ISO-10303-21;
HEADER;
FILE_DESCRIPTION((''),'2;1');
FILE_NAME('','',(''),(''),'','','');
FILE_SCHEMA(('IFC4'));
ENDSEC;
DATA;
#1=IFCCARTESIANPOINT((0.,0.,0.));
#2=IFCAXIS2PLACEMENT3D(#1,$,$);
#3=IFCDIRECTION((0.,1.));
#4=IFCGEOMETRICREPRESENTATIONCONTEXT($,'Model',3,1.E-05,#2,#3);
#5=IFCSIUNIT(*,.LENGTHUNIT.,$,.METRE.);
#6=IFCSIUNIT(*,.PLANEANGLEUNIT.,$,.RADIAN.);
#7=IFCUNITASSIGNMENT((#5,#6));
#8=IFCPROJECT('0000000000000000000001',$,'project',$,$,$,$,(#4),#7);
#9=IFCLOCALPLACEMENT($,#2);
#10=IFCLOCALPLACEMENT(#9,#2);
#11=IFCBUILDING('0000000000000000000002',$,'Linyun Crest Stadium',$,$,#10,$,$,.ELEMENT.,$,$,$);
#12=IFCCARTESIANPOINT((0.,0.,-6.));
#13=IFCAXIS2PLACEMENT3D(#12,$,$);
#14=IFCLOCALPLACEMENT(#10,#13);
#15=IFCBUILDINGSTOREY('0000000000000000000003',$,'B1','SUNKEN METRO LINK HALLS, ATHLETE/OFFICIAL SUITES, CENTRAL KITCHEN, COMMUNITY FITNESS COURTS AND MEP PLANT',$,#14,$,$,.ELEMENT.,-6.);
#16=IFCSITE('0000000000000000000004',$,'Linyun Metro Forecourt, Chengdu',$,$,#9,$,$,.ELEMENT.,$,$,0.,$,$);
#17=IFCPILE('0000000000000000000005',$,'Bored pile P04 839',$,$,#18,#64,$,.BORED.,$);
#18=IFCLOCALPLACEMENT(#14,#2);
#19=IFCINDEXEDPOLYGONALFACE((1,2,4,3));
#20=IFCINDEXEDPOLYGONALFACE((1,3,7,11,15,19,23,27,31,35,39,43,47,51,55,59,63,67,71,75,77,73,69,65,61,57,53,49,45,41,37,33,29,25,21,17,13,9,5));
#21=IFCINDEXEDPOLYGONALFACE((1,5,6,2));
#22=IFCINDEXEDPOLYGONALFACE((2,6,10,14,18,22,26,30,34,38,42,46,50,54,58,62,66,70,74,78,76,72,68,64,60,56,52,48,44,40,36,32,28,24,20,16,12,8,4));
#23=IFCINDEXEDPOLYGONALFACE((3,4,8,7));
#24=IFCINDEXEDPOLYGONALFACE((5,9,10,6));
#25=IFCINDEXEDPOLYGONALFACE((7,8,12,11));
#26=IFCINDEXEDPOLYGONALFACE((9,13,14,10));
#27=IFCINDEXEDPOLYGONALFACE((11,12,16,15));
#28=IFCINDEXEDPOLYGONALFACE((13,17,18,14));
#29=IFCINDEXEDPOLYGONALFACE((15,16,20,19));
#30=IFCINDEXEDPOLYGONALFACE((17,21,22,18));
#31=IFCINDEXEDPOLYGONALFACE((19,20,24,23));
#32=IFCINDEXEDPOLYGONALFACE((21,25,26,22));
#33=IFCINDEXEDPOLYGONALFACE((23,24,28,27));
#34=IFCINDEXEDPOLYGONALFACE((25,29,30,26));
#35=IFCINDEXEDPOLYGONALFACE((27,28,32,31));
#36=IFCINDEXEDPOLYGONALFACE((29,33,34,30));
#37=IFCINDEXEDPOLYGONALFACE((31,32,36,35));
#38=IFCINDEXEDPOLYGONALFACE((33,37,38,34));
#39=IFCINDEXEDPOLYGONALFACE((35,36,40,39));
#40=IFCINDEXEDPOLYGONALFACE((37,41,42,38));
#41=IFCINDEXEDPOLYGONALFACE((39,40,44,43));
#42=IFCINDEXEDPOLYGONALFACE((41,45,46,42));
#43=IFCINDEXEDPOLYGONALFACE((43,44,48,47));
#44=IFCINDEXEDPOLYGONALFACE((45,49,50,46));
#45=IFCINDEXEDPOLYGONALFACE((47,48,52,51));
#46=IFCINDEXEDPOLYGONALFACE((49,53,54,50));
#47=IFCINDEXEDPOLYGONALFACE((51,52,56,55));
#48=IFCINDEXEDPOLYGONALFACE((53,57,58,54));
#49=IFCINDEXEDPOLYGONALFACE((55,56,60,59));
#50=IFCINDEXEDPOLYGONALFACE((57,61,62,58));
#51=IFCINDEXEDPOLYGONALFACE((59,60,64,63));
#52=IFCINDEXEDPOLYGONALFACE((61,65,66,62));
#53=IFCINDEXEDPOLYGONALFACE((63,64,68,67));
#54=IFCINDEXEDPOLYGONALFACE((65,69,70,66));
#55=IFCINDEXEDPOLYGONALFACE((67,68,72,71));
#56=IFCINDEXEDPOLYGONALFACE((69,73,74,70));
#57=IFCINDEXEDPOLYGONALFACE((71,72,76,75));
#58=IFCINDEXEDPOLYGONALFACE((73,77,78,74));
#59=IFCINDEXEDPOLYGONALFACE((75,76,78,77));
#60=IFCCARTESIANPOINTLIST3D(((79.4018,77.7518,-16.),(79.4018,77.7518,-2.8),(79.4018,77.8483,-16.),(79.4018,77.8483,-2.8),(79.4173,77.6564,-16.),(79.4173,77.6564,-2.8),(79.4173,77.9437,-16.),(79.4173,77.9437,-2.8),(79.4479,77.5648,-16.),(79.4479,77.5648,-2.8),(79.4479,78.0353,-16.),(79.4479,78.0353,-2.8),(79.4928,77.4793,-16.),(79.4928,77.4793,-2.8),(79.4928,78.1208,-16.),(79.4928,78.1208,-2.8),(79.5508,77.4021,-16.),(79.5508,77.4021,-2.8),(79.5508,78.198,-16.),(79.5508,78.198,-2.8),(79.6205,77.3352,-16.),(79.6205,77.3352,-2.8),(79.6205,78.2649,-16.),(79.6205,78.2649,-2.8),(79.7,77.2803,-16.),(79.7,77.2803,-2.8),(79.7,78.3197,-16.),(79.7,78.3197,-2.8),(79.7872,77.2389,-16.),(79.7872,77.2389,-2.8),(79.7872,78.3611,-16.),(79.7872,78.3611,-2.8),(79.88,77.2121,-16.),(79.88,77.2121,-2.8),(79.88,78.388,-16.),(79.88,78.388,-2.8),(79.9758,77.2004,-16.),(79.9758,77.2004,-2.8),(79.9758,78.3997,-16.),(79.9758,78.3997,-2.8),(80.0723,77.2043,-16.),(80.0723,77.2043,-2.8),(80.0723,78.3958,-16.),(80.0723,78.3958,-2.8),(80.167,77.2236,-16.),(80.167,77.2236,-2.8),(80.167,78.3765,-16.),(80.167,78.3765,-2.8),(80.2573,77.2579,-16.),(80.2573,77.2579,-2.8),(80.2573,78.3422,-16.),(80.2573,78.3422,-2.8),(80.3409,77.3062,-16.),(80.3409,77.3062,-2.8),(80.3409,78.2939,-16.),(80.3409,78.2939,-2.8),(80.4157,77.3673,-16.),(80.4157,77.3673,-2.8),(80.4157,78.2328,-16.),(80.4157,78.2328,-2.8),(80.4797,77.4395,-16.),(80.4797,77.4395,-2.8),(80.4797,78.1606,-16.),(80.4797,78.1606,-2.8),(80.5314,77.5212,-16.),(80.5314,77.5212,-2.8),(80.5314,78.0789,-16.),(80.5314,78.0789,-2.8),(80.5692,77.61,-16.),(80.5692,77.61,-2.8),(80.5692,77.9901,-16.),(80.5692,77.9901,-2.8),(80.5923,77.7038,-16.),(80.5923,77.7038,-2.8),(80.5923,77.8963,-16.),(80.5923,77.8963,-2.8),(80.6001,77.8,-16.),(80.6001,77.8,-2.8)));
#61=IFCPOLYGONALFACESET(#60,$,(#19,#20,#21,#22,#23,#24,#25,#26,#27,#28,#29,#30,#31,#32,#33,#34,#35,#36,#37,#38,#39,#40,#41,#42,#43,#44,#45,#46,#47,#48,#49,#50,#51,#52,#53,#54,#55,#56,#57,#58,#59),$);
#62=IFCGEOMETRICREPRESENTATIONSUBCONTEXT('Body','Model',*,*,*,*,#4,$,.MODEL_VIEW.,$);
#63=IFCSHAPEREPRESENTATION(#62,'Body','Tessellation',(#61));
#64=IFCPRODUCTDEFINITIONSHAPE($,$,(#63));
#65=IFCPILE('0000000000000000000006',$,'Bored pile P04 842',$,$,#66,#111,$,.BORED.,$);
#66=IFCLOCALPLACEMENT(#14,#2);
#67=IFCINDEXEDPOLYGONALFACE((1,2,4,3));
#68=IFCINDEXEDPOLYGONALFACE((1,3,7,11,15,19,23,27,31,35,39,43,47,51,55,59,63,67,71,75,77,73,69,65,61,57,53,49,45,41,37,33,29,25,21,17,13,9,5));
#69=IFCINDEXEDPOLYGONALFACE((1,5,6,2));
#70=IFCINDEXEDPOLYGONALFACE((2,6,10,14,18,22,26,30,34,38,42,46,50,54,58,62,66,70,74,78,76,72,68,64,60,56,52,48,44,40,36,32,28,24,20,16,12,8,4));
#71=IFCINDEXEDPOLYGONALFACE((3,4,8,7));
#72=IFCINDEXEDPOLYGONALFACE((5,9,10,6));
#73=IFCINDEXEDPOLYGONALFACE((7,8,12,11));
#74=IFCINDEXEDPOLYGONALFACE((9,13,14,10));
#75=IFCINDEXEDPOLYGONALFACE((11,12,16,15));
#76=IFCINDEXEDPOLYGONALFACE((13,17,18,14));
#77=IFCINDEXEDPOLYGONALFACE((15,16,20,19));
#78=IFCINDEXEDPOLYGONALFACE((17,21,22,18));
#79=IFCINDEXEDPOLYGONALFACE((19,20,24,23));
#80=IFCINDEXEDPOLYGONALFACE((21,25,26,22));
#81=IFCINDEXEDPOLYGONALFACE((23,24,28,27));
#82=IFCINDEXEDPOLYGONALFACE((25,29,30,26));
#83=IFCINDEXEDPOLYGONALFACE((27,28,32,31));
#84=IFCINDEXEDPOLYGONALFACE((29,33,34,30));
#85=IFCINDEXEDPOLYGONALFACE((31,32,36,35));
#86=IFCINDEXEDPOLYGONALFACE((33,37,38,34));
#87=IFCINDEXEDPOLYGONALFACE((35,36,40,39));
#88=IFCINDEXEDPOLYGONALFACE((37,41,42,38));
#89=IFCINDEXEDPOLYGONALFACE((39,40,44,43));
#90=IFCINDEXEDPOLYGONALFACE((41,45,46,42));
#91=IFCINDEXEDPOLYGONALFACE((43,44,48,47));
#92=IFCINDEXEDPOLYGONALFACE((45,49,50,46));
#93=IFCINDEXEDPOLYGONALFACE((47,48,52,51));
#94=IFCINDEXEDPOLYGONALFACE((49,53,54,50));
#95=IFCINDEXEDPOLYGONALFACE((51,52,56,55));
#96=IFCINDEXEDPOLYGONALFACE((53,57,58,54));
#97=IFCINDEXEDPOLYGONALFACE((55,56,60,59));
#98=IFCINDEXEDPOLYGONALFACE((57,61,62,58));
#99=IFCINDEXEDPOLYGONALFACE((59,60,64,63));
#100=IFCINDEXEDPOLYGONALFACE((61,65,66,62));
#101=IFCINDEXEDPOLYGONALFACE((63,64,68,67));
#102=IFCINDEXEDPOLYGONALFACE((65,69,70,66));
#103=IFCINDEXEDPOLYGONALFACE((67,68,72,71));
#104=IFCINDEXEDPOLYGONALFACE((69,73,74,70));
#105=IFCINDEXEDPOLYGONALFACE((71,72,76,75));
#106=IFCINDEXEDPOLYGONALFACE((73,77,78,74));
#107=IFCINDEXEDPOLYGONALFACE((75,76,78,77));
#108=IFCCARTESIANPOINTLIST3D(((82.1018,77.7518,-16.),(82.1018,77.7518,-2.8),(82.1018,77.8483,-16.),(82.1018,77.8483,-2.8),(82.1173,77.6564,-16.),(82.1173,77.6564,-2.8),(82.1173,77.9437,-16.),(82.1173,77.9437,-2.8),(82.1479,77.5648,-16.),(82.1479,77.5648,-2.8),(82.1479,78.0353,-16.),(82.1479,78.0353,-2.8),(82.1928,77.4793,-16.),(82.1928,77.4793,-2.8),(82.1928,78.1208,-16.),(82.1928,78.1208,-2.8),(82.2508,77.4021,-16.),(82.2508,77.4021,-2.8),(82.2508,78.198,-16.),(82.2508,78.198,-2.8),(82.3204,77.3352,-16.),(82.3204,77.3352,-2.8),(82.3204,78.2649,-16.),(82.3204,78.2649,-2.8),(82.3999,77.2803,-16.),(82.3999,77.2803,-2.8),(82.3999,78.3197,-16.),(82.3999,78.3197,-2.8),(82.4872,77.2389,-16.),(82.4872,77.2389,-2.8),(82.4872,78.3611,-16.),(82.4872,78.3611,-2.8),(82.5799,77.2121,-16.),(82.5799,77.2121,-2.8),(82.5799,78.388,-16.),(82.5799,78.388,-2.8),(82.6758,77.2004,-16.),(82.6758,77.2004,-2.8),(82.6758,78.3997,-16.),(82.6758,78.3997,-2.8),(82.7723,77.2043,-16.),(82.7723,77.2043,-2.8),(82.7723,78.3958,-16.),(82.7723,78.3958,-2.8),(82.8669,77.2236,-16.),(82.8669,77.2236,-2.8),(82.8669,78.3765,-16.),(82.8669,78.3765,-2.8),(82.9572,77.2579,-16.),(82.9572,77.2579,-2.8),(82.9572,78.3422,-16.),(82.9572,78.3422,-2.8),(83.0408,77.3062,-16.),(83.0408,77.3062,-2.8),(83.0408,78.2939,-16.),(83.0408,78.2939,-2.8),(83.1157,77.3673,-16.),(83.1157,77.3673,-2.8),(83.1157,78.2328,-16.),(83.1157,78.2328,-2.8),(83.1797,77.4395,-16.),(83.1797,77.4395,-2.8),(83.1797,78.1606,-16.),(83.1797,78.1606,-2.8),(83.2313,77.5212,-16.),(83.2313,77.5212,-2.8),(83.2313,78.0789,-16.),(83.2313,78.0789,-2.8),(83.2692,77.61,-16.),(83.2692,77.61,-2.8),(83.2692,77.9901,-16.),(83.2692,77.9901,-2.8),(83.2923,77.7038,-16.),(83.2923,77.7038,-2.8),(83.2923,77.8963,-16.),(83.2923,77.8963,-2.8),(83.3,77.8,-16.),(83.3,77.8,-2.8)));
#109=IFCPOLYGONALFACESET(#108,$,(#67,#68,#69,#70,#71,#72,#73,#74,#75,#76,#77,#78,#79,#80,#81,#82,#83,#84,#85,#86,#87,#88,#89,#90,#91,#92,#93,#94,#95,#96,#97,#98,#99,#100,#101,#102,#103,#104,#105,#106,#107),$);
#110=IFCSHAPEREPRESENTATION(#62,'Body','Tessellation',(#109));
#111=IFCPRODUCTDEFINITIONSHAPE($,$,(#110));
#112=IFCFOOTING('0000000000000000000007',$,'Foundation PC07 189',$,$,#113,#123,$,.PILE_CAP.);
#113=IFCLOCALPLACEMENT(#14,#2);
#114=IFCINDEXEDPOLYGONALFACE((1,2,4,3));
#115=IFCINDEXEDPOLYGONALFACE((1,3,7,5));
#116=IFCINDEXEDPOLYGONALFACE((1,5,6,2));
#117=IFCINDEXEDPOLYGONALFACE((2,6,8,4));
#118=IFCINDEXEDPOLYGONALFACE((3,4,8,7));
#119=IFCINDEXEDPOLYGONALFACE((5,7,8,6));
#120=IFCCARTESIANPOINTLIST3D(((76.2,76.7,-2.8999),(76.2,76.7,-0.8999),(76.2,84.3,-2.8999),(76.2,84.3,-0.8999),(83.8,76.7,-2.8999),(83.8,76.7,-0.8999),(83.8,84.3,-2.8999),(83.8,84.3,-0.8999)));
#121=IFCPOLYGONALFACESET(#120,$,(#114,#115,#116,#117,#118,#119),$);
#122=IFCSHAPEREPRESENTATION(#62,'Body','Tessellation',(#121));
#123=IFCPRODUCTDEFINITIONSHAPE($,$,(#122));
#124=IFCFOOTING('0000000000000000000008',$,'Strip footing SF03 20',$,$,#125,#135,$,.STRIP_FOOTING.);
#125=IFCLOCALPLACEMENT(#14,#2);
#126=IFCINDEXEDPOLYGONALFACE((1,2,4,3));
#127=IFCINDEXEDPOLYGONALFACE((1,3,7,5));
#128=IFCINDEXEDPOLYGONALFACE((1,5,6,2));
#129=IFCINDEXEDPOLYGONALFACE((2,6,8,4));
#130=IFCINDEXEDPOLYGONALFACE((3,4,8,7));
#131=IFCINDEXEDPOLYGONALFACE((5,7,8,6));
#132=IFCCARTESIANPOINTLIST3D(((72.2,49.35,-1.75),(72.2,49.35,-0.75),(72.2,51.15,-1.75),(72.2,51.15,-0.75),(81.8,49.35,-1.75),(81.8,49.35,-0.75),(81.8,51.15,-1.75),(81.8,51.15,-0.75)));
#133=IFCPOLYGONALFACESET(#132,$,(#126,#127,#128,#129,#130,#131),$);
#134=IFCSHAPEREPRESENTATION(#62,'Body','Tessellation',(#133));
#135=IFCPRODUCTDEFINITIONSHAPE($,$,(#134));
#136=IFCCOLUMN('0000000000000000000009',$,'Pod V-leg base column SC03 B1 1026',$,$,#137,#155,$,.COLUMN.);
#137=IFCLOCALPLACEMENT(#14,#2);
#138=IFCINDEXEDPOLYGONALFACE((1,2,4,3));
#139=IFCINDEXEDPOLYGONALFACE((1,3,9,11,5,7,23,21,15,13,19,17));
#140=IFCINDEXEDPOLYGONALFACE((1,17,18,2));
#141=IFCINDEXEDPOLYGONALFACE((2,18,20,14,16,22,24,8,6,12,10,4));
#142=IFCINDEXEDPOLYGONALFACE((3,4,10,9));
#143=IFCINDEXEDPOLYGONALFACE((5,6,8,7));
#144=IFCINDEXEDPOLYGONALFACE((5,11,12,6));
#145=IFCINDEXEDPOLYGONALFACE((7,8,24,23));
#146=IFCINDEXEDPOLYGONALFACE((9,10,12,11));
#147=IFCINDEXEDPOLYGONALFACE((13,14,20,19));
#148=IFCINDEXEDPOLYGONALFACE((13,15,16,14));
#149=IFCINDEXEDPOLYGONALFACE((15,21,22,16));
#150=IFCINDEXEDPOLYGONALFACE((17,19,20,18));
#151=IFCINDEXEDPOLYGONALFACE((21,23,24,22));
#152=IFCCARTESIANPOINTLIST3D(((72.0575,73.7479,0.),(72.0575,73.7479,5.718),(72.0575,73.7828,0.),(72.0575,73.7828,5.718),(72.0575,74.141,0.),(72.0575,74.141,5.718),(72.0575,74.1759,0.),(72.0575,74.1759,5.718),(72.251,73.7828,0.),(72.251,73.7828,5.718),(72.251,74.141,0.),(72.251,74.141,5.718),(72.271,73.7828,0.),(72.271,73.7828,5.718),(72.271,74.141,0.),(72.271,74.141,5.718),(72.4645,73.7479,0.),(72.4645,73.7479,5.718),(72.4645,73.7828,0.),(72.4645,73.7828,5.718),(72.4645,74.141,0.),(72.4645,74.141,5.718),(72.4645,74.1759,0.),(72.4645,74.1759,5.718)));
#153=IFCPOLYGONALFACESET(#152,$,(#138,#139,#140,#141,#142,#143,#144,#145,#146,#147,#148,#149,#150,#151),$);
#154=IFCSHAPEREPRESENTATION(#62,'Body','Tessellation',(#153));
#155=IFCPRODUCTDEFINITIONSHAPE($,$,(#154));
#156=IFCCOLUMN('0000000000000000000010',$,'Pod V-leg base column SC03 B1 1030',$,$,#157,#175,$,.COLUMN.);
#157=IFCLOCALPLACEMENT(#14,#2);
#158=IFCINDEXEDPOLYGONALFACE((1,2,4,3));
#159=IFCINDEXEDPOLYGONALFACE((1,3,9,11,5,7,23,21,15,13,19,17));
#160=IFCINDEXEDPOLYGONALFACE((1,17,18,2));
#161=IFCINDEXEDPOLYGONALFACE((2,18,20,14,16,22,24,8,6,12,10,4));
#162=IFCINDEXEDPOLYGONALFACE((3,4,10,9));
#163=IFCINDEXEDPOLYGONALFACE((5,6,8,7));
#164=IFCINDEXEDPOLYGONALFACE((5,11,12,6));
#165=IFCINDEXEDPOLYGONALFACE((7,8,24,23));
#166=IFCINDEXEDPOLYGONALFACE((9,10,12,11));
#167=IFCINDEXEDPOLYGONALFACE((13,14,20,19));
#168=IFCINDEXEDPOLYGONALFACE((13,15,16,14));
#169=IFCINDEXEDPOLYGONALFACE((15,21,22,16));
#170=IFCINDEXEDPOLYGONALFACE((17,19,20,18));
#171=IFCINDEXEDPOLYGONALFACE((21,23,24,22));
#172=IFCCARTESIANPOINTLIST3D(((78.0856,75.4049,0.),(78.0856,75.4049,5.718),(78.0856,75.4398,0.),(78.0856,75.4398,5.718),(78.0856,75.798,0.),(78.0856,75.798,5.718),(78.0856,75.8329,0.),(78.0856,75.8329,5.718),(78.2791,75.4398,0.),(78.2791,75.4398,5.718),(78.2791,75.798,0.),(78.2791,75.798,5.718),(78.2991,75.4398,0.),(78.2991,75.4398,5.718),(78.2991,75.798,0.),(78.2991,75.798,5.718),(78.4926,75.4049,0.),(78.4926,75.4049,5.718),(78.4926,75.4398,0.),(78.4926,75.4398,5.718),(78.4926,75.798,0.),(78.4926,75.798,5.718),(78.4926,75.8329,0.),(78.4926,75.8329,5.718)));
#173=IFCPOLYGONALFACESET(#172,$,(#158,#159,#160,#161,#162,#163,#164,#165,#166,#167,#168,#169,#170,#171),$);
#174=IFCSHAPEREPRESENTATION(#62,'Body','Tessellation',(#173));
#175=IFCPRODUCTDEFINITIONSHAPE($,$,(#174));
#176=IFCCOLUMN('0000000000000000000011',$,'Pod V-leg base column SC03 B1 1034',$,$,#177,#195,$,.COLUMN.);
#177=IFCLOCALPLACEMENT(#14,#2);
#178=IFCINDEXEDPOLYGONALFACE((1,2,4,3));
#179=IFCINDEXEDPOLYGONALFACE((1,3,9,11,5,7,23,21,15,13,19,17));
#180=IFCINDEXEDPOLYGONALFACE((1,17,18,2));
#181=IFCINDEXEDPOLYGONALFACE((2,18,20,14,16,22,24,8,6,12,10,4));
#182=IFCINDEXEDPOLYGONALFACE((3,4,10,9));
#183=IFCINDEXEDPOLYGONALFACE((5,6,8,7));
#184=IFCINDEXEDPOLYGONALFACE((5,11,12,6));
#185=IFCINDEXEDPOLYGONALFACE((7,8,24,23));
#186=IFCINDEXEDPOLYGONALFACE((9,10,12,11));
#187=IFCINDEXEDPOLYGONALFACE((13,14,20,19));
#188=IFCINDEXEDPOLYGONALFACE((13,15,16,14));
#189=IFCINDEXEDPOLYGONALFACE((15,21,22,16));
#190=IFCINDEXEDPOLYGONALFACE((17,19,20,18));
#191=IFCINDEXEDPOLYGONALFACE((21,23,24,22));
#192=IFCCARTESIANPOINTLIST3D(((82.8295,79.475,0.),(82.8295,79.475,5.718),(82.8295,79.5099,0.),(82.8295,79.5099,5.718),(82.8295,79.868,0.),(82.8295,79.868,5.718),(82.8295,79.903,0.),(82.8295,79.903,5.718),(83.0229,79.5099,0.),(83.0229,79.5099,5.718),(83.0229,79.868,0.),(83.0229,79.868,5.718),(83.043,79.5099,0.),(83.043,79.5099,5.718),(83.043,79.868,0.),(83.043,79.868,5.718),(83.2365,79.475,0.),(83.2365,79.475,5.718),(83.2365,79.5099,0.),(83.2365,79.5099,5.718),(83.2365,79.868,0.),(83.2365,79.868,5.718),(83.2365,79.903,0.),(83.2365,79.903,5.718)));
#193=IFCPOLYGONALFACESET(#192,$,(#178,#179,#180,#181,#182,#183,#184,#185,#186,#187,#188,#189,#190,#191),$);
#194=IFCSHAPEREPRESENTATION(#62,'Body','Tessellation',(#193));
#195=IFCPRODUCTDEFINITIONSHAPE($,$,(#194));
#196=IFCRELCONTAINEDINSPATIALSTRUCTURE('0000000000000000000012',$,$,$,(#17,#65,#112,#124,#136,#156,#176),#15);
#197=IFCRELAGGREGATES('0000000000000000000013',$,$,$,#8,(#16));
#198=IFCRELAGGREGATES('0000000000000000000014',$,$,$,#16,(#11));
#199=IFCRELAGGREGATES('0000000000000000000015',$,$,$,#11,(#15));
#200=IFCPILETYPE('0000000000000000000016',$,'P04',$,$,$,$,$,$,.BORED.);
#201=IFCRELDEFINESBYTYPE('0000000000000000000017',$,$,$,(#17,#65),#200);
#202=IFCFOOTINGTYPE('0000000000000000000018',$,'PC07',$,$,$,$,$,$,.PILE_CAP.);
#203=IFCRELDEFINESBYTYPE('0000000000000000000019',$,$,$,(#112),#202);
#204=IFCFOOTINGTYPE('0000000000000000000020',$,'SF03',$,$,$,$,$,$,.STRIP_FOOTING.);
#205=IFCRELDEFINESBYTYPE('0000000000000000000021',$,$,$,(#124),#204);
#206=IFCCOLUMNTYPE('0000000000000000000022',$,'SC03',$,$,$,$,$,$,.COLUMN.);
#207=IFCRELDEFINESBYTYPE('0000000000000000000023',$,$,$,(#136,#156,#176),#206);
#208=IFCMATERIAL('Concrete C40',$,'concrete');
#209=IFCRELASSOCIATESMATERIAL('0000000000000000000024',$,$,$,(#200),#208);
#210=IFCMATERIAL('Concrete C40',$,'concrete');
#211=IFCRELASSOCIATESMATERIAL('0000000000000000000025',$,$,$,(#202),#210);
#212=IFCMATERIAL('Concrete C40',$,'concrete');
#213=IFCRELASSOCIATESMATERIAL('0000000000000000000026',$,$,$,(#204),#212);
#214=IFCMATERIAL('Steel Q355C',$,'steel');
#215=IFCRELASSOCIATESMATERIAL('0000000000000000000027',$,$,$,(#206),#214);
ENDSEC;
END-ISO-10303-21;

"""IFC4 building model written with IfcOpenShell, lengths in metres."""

from ifc_helpers import new_model, si_unit, direction, frame, origin, origin_2d, place, context, subcontext, project, spatial, rectangle, circle, i_section, extrude, material, material_profile, profile_set, type_object, element, save


model = new_model("IFC4")

# Units and contexts
model_context = context("Model", 3, precision=1e-05, world=origin(), true_north=direction((0.0, 1.0)))
body_context = subcontext(model_context, "Body", "Model", "MODEL_VIEW")
ifc_project = project(units=[si_unit("LENGTHUNIT", "METRE"), si_unit("PLANEANGLEUNIT", "RADIAN")], contexts=[model_context])

# Site, building, storey
site_placement = place(None, origin())
site = spatial("IfcSite", under=ifc_project, at=site_placement, Name="Linyun Metro Forecourt, Chengdu", CompositionType="ELEMENT", RefElevation=0.0)
building_placement = place(site_placement, origin())
building = spatial("IfcBuilding", under=site, at=building_placement, Name="Linyun Crest Stadium", CompositionType="ELEMENT")
storey_placement = place(building_placement, frame((0.0, 0.0, -6.0)))
storey = spatial("IfcBuildingStorey", under=building, at=storey_placement, Name="B1", Description="SUNKEN METRO LINK HALLS, ATHLETE/OFFICIAL SUITES, CENTRAL KITCHEN, COMMUNITY FITNESS COURTS AND MEP PLANT", CompositionType="ELEMENT", Elevation=-6.0)

# Piles
ifc_material_1 = material(Name="Concrete C40", Category="concrete")
ifc_material_profile_1 = material_profile(ifc_material_1, circle(Radius=0.6001, at=origin_2d()), Name="BORED PILE 1200")
ifc_profile_set_1 = profile_set([ifc_material_profile_1], Name="Concrete C40")
pile_type_1 = type_object("IfcPileType", Name="P04", PredefinedType="BORED", material=ifc_profile_set_1)
for number, where, z_axis, x_axis, name in (
    (1, (80.0, 77.8, -2.8), (0.0, 0.0, -1.0), (1.0, 0.0, 0.0), "Bored pile P04 839"),
    (2, (82.7, 77.8, -2.8), (0.0, 0.0, -1.0), (1.0, 0.0, 0.0), "Bored pile P04 842"),
):
    element("IfcPile", number, at=place(storey_placement, frame(where, z_axis=z_axis, x_axis=x_axis)), inside=storey, type_object=pile_type_1, Name=name, PredefinedType="BORED", context=body_context, shape_type="SweptSolid", body=[
        extrude(circle(Radius=0.6001, at=origin_2d()), origin(), (0.0, 0.0, 1.0), 13.2),
    ])

# Footings
ifc_material_2 = material(Name="Concrete C40", Category="concrete")
footing_type_1 = type_object("IfcFootingType", Name="PC07", PredefinedType="PILE_CAP", material=ifc_material_2)
footing_1_placement = place(storey_placement, frame((80.0, 80.5, -2.8999), z_axis=(0.0, 0.0, 1.0), x_axis=(1.0, 0.0, 0.0)))
element("IfcFooting", 3, at=footing_1_placement, inside=storey, type_object=footing_type_1, Name="Foundation PC07 189", PredefinedType="PILE_CAP", context=body_context, shape_type="SweptSolid", body=[
    extrude(rectangle(XDim=7.6001, YDim=7.6001, at=origin_2d()), origin(), (0.0, 0.0, 1.0), 2.0),
])
ifc_material_3 = material(Name="Concrete C40", Category="concrete")
footing_type_2 = type_object("IfcFootingType", Name="SF03", PredefinedType="STRIP_FOOTING", material=ifc_material_3)
footing_2_placement = place(storey_placement, frame((77.0, 50.25, -1.75), z_axis=(0.0, 0.0, 1.0), x_axis=(1.0, 0.0, 0.0)))
element("IfcFooting", 4, at=footing_2_placement, inside=storey, type_object=footing_type_2, Name="Strip footing SF03 20", PredefinedType="STRIP_FOOTING", context=body_context, shape_type="SweptSolid", body=[
    extrude(rectangle(XDim=9.6001, YDim=1.8, at=origin_2d()), origin(), (0.0, 0.0, 1.0), 1.0),
])

# Columns
ifc_material_4 = material(Name="Steel Q355C", Category="steel")
ifc_material_profile_2 = material_profile(ifc_material_4, i_section(OverallWidth=0.407, OverallDepth=0.428, WebThickness=0.02, FlangeThickness=0.0349, at=origin_2d()), Name="HW 428x407")
ifc_profile_set_2 = profile_set([ifc_material_profile_2], Name="Steel Q355C")
column_type = type_object("IfcColumnType", Name="SC03", PredefinedType="COLUMN", material=ifc_profile_set_2)
for number, where, z_axis, x_axis, name in (
    (5, (72.261, 73.9619, 0.0), (0.0, 0.0, 1.0), (1.0, 0.0, 0.0), "Pod V-leg base column SC03 B1 1026"),
    (6, (78.2891, 75.6189, 0.0), (0.0, 0.0, 1.0), (1.0, 0.0, 0.0), "Pod V-leg base column SC03 B1 1030"),
    (7, (83.033, 79.689, 0.0), (0.0, 0.0, 1.0), (1.0, 0.0, 0.0), "Pod V-leg base column SC03 B1 1034"),
):
    element("IfcColumn", number, at=place(storey_placement, frame(where, z_axis=z_axis, x_axis=x_axis)), inside=storey, type_object=column_type, Name=name, PredefinedType="COLUMN", context=body_context, shape_type="SweptSolid", body=[
        extrude(i_section(OverallWidth=0.407, OverallDepth=0.428, WebThickness=0.02, FlangeThickness=0.0349, at=origin_2d()), origin(), (0.0, 0.0, 1.0), 5.718),
    ])

save(model, "model.ifc")
